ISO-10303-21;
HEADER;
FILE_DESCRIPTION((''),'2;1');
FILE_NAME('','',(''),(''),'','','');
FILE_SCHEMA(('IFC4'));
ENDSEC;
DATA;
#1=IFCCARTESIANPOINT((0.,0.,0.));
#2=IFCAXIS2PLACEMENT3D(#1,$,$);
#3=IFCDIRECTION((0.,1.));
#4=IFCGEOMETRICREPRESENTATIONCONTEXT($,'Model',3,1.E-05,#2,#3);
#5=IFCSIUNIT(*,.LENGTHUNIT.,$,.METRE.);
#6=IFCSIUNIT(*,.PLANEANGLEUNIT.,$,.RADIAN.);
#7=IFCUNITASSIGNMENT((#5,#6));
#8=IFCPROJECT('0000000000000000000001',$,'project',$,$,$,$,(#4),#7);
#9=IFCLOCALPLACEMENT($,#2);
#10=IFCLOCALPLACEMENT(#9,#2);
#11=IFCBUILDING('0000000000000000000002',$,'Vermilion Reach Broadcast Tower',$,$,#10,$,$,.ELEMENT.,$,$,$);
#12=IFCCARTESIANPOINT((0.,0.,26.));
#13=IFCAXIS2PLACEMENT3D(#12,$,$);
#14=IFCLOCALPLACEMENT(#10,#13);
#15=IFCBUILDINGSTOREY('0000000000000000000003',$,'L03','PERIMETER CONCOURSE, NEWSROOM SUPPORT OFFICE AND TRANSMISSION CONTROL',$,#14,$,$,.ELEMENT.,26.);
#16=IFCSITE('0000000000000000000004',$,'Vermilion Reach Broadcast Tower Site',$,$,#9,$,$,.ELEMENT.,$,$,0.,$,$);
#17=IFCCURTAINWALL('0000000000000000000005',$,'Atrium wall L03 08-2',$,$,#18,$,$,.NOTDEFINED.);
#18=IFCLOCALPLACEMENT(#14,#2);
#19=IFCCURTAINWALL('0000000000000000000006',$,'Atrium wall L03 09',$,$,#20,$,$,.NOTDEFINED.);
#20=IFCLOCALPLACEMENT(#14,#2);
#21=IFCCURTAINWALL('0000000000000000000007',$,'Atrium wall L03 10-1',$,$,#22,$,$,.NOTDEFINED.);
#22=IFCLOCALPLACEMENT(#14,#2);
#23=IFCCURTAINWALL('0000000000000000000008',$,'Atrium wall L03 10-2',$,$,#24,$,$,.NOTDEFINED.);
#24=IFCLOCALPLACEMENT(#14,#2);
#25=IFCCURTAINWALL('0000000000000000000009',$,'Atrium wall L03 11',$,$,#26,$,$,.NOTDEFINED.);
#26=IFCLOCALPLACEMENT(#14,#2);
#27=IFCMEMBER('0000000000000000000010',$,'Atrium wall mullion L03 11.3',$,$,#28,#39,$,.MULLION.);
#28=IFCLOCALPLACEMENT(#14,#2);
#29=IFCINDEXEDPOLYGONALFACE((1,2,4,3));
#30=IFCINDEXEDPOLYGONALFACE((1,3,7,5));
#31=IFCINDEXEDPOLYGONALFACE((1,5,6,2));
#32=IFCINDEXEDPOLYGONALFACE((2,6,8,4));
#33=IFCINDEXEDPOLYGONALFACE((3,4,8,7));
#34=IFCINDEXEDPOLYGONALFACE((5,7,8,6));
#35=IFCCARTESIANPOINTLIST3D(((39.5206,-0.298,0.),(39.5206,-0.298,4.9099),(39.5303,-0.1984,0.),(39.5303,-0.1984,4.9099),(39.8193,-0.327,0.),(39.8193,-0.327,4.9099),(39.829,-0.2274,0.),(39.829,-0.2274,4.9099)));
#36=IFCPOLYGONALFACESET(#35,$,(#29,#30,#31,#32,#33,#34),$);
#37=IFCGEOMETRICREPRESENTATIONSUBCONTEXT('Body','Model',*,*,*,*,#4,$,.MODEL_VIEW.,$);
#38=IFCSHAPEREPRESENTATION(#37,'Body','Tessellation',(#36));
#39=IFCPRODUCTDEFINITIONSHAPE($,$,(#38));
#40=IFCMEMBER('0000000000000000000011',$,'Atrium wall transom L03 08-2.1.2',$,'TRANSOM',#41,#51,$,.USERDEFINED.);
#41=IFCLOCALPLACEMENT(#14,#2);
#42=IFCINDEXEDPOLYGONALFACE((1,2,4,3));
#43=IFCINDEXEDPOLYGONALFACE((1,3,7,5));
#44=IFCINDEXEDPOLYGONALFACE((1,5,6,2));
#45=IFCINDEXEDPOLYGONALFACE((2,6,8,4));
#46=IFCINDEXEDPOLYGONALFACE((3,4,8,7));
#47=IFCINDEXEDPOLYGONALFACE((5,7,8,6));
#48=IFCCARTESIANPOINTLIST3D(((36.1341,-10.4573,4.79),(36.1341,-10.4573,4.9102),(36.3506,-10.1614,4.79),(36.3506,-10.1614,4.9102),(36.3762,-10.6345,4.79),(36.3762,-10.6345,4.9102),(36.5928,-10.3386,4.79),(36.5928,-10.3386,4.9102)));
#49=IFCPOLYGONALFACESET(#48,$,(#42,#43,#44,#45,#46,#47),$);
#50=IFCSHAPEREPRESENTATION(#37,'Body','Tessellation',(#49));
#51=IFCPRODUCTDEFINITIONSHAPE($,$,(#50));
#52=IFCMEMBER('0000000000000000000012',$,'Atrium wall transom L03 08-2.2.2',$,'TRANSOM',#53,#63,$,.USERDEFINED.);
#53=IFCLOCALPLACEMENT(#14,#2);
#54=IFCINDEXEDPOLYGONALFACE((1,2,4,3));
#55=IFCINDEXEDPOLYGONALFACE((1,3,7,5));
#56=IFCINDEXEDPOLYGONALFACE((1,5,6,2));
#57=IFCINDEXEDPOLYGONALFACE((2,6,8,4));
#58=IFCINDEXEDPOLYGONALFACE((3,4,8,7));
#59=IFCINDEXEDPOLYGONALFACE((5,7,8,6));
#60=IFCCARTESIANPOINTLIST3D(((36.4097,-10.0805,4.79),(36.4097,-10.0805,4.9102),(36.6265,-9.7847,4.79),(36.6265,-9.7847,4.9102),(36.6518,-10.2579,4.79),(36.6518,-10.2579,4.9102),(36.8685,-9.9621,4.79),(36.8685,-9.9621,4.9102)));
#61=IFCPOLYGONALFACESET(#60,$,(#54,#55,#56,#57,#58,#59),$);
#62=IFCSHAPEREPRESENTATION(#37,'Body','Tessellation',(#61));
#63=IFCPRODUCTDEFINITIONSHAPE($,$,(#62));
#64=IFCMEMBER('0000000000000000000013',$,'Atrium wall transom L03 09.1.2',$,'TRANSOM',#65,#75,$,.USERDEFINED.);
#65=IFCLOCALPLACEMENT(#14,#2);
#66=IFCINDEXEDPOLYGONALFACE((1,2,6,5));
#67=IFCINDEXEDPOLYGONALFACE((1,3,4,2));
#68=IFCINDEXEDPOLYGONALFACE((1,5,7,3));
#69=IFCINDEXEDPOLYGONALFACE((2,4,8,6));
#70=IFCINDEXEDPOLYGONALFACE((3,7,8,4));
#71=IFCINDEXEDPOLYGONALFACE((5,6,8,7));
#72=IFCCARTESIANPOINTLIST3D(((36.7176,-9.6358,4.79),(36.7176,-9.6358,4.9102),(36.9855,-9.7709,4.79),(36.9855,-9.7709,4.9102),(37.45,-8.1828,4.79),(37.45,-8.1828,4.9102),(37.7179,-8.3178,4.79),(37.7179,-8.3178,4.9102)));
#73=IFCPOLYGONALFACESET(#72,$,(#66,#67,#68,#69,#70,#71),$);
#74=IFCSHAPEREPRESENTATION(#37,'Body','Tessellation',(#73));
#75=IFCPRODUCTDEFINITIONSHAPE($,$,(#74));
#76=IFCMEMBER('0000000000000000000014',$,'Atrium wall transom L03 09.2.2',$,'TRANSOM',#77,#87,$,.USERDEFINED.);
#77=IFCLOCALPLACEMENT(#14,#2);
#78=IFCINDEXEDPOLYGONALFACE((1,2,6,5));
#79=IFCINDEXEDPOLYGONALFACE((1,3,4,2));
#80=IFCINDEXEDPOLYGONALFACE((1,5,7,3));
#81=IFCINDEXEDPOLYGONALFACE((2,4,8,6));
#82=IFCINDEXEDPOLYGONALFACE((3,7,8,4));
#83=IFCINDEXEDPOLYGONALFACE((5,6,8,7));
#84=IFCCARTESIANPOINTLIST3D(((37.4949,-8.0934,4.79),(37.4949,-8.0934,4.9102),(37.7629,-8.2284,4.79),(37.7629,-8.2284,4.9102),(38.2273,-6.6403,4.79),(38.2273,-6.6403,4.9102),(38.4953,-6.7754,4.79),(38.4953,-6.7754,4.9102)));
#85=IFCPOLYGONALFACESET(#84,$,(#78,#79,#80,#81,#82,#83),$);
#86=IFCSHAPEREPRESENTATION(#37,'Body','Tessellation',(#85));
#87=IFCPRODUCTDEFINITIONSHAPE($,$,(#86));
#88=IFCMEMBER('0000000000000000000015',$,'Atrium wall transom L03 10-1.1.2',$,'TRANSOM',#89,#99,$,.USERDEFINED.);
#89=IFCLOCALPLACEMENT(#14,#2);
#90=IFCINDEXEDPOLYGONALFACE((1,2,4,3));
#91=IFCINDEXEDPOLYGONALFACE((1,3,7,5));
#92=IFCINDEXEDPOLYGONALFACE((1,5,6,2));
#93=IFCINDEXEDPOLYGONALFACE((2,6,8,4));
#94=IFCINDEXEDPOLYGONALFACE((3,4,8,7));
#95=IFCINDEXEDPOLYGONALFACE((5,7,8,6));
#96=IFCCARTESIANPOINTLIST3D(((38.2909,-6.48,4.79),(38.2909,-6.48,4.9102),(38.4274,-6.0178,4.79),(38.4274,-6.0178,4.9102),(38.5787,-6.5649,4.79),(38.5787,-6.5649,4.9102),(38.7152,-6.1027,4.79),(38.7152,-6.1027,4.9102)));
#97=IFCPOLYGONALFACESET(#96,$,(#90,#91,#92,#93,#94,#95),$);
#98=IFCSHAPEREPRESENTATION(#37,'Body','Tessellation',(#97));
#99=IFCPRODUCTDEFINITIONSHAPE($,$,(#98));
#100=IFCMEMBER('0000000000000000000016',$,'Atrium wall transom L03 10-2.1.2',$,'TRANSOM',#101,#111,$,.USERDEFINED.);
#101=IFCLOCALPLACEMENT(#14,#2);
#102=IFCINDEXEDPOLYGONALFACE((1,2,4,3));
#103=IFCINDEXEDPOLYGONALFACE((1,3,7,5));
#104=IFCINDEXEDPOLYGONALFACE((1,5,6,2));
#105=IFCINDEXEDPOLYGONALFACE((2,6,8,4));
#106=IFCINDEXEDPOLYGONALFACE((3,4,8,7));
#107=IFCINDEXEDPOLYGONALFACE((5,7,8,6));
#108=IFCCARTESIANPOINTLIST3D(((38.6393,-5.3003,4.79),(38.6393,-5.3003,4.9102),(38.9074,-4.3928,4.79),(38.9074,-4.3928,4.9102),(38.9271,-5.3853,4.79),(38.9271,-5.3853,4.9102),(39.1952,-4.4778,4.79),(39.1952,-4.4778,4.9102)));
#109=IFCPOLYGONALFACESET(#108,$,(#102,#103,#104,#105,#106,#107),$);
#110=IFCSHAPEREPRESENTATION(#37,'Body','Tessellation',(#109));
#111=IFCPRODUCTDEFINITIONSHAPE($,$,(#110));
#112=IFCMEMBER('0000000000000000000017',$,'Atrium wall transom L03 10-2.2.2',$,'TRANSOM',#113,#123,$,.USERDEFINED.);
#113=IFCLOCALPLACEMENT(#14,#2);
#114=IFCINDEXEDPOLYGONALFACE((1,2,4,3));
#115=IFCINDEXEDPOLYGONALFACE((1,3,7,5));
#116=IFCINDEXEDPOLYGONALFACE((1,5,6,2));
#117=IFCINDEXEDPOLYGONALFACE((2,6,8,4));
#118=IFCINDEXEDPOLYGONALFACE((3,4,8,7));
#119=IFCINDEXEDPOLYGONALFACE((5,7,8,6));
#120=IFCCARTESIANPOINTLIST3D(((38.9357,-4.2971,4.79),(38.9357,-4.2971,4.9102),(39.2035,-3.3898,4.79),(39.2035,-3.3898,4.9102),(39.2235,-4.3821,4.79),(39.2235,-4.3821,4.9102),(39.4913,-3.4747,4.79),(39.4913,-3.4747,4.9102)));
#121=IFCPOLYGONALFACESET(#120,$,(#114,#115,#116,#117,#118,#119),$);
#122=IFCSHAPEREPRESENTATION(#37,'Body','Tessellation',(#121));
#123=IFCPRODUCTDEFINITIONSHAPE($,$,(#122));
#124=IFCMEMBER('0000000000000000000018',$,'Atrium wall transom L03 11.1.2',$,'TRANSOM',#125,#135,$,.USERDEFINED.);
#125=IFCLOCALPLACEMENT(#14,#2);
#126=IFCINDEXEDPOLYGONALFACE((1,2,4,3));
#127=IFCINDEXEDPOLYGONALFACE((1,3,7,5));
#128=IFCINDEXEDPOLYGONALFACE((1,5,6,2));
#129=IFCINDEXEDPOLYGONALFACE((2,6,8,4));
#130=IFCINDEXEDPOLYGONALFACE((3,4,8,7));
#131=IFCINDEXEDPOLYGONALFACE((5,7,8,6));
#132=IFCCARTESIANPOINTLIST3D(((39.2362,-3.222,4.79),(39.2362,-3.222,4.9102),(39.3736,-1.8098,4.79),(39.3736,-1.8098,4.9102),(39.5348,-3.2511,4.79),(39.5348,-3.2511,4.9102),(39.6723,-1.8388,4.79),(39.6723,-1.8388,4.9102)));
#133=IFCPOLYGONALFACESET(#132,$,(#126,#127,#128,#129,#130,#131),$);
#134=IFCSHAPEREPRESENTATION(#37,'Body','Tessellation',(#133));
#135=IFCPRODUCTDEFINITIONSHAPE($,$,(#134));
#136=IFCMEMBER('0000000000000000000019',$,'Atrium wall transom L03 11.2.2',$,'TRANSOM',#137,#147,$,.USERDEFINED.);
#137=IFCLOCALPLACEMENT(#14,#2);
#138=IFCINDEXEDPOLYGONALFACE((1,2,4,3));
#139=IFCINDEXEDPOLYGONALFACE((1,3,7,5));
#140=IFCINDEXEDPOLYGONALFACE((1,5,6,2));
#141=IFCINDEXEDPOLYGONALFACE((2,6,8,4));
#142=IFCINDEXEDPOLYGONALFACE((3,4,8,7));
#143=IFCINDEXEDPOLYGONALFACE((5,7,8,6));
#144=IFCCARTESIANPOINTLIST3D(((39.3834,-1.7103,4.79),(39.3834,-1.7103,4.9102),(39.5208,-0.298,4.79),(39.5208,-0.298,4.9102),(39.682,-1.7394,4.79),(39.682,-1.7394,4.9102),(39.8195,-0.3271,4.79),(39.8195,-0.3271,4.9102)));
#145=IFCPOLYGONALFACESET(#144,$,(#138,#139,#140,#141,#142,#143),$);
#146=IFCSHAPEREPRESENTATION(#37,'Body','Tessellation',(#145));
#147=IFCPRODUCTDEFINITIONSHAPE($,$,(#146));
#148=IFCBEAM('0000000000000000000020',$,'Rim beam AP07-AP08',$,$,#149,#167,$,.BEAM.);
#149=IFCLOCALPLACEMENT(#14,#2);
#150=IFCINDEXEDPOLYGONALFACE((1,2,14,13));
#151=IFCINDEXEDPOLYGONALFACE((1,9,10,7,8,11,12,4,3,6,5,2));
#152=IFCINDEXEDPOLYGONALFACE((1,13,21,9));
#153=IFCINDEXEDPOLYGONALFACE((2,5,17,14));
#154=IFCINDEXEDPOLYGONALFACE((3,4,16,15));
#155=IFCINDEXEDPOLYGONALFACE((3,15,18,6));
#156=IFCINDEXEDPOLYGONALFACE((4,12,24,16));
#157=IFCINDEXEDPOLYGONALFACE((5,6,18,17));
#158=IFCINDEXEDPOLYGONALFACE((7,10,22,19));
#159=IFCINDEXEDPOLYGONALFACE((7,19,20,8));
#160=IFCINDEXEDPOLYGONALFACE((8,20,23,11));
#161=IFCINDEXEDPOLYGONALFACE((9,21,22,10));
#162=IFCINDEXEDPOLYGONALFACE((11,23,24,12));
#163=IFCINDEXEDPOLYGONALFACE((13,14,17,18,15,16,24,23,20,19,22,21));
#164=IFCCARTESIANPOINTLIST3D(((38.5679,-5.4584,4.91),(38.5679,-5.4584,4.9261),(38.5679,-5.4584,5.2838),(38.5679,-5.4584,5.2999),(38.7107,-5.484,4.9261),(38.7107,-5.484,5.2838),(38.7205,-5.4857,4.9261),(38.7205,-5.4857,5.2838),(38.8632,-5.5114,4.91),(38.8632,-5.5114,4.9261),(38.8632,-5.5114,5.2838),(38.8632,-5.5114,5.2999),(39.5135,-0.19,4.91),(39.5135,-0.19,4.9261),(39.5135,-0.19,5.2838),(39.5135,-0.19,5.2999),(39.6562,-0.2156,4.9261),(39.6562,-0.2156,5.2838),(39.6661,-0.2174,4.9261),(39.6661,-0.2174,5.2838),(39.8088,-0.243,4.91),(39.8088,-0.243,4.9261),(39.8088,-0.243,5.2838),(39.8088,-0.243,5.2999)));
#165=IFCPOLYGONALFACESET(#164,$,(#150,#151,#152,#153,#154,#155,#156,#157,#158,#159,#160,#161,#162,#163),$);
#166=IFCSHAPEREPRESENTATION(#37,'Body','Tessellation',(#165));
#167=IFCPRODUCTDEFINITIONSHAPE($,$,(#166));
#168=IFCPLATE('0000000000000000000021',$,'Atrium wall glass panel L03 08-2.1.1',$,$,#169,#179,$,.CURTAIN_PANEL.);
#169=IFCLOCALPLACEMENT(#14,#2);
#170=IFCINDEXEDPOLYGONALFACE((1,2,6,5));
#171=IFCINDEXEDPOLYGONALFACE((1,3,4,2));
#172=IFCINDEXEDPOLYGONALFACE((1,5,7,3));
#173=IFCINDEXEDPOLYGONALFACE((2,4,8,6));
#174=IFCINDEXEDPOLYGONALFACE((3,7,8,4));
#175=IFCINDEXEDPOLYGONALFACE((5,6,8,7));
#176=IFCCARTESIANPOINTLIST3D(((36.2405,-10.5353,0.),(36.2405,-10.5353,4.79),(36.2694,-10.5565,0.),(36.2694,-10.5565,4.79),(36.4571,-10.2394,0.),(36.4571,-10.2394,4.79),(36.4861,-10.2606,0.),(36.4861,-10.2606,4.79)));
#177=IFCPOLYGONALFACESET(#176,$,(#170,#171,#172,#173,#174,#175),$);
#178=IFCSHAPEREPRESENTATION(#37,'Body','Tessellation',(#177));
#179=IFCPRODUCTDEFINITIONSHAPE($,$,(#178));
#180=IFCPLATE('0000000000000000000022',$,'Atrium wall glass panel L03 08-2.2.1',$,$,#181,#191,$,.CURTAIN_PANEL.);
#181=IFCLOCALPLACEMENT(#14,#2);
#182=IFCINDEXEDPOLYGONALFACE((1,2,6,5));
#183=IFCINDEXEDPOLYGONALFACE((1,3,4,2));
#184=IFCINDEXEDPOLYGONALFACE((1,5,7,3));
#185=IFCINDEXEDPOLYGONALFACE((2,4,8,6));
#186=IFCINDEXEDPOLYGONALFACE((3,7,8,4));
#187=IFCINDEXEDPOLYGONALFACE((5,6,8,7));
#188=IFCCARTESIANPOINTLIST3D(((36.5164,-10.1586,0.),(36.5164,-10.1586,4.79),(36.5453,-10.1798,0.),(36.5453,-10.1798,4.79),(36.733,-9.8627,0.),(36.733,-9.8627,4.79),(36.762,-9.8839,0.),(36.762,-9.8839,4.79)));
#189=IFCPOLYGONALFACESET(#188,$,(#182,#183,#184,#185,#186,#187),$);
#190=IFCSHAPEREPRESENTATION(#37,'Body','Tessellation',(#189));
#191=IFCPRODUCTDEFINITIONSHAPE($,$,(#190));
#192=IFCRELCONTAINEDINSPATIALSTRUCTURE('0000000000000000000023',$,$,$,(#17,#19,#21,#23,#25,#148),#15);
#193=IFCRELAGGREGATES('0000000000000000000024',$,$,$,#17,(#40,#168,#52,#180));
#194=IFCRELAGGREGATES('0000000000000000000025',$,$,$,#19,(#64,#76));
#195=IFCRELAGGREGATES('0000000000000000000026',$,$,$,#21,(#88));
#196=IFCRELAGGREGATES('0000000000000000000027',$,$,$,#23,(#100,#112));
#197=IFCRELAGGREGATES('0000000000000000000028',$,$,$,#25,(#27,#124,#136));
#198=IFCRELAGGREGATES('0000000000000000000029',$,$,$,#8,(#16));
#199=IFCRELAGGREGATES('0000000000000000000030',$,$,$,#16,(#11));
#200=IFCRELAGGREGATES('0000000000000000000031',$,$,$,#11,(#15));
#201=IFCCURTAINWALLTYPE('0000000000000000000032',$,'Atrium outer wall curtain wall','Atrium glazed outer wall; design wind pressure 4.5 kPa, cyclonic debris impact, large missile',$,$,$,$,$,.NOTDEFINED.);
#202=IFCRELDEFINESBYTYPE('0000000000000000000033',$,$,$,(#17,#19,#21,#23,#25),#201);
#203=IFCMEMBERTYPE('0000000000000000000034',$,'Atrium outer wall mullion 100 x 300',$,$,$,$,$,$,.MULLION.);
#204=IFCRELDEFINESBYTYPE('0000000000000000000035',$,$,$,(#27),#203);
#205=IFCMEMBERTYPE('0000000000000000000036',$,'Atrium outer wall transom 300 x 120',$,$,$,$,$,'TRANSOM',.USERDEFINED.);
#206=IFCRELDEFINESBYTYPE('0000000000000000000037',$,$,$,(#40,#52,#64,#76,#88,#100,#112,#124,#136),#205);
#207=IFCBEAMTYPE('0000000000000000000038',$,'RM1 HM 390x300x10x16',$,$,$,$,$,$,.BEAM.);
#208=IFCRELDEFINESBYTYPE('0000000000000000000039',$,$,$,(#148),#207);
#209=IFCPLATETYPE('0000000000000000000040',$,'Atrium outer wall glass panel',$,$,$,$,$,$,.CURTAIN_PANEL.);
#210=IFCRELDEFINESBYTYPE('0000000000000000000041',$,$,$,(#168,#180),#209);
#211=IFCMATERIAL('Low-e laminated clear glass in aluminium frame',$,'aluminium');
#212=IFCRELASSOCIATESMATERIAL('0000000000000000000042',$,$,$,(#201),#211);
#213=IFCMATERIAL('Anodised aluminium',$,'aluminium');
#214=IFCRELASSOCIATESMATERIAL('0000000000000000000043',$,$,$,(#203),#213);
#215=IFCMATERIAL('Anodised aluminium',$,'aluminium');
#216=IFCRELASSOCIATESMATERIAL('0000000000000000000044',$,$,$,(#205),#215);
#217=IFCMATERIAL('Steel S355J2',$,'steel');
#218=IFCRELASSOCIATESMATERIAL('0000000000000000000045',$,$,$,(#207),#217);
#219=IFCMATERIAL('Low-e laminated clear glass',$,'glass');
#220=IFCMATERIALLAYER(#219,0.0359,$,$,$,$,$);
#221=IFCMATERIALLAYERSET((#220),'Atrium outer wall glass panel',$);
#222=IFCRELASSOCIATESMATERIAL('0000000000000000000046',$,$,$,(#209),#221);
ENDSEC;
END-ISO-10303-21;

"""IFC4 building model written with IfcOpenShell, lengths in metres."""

from ifc_helpers import new_model, si_unit, direction, frame, origin, origin_2d, place, context, subcontext, project, spatial, rectangle, i_section, extrude, material, layer, layer_set, material_profile, profile_set, type_object, element, aggregate, save


model = new_model("IFC4")

# Units and contexts
model_context = context("Model", 3, precision=1e-05, world=origin(), true_north=direction((0.0, 1.0)))
body_context = subcontext(model_context, "Body", "Model", "MODEL_VIEW")
ifc_project = project(units=[si_unit("LENGTHUNIT", "METRE"), si_unit("PLANEANGLEUNIT", "RADIAN")], contexts=[model_context])

# Site, building, storey
site_placement = place(None, origin())
site = spatial("IfcSite", under=ifc_project, at=site_placement, Name="Vermilion Reach Broadcast Tower Site", CompositionType="ELEMENT", RefElevation=0.0)
building_placement = place(site_placement, origin())
building = spatial("IfcBuilding", under=site, at=building_placement, Name="Vermilion Reach Broadcast Tower", CompositionType="ELEMENT")
storey_placement = place(building_placement, frame((0.0, 0.0, 26.0)))
storey = spatial("IfcBuildingStorey", under=building, at=storey_placement, Name="L03", Description="PERIMETER CONCOURSE, NEWSROOM SUPPORT OFFICE AND TRANSMISSION CONTROL", CompositionType="ELEMENT", Elevation=26.0)

# Curtain walls, member
ifc_material_1 = material(Name="Low-e laminated clear glass in aluminium frame", Category="aluminium")
curtain_wall_type = type_object("IfcCurtainWallType", Name="Atrium outer wall curtain wall", Description="Atrium glazed outer wall; design wind pressure 4.5 kPa, cyclonic debris impact, large missile", PredefinedType="NOTDEFINED", material=ifc_material_1)
placement = place(storey_placement, origin())
curtain_wall_1 = element("IfcCurtainWall", 1, at=placement, inside=storey, type_object=curtain_wall_type, Name="Atrium wall L03 08-2", PredefinedType="NOTDEFINED")
ifc_material_2 = material(Name="Anodised aluminium", Category="aluminium")
ifc_material_profile_1 = material_profile(ifc_material_2, rectangle(XDim=0.3, YDim=0.1001, at=origin_2d()), Name="Atrium outer wall mullion 100 x 300")
ifc_profile_set_1 = profile_set([ifc_material_profile_1], Name="Anodised aluminium")
member_type_1 = type_object("IfcMemberType", Name="Atrium outer wall mullion 100 x 300", PredefinedType="MULLION", material=ifc_profile_set_1)
curtain_wall_2 = element("IfcCurtainWall", 2, at=placement, inside=storey, type_object=curtain_wall_type, Name="Atrium wall L03 09", PredefinedType="NOTDEFINED")
curtain_wall_3 = element("IfcCurtainWall", 3, at=placement, inside=storey, type_object=curtain_wall_type, Name="Atrium wall L03 10-1", PredefinedType="NOTDEFINED")
curtain_wall_4 = element("IfcCurtainWall", 4, at=placement, inside=storey, type_object=curtain_wall_type, Name="Atrium wall L03 10-2", PredefinedType="NOTDEFINED")
curtain_wall_5 = element("IfcCurtainWall", 5, at=placement, inside=storey, type_object=curtain_wall_type, Name="Atrium wall L03 11", PredefinedType="NOTDEFINED")
member_1_placement = place(storey_placement, frame((39.6748, -0.2627, 0.0), z_axis=(0.0, 0.0, 1.0), x_axis=(-0.995298, 0.096861, 0.0)))
member_1 = element("IfcMember", 6, at=member_1_placement, type_object=member_type_1, Name="Atrium wall mullion L03 11.3", PredefinedType="MULLION", context=body_context, shape_type="SweptSolid", body=[
    extrude(rectangle(XDim=0.3, YDim=0.1001, at=origin_2d()), origin(), (0.0, 0.0, 1.0), 4.9099),
])

# Members
ifc_material_3 = material(Name="Anodised aluminium", Category="aluminium")
ifc_material_profile_2 = material_profile(ifc_material_3, rectangle(XDim=0.3, YDim=0.1201, at=origin_2d()), Name="Atrium outer wall transom 300 x 120")
ifc_profile_set_2 = profile_set([ifc_material_profile_2], Name="Anodised aluminium")
member_type_2 = type_object("IfcMemberType", Name="Atrium outer wall transom 300 x 120", ElementType="TRANSOM", PredefinedType="USERDEFINED", material=ifc_profile_set_2)
member_2_placement = place(storey_placement, frame((36.2551, -10.5459, 4.8501), z_axis=(0.590584, 0.806976, 0.0), x_axis=(-0.806976, 0.590584, 0.0)))
member_2 = element("IfcMember", 7, at=member_2_placement, type_object=member_type_2, Name="Atrium wall transom L03 08-2.1.2", ObjectType="TRANSOM", PredefinedType="USERDEFINED", context=body_context, shape_type="SweptSolid", body=[
    extrude(rectangle(XDim=0.3, YDim=0.1201, at=origin_2d()), origin(), (0.0, 0.0, 1.0), 0.3667),
])
member_3_placement = place(storey_placement, frame((36.5308, -10.1692, 4.8501), z_axis=(0.591017, 0.806659, 0.0), x_axis=(-0.806659, 0.591017, 0.0)))
member_3 = element("IfcMember", 8, at=member_3_placement, type_object=member_type_2, Name="Atrium wall transom L03 08-2.2.2", ObjectType="TRANSOM", PredefinedType="USERDEFINED", context=body_context, shape_type="SweptSolid", body=[
    extrude(rectangle(XDim=0.3, YDim=0.1201, at=origin_2d()), origin(), (0.0, 0.0, 1.0), 0.3667),
])
member_4_placement = place(storey_placement, frame((36.8516, -9.7034, 4.8501), z_axis=(0.450092, 0.892982, 0.0), x_axis=(-0.892982, 0.450092, 0.0)))
member_4 = element("IfcMember", 9, at=member_4_placement, type_object=member_type_2, Name="Atrium wall transom L03 09.1.2", ObjectType="TRANSOM", PredefinedType="USERDEFINED", context=body_context, shape_type="SweptSolid", body=[
    extrude(rectangle(XDim=0.3, YDim=0.1201, at=origin_2d()), origin(), (0.0, 0.0, 1.0), 1.6272),
])
member_5_placement = place(storey_placement, frame((37.6289, -8.1609, 4.8501), z_axis=(0.450092, 0.892982, 0.0), x_axis=(-0.892982, 0.450092, 0.0)))
member_5 = element("IfcMember", 10, at=member_5_placement, type_object=member_type_2, Name="Atrium wall transom L03 09.2.2", ObjectType="TRANSOM", PredefinedType="USERDEFINED", context=body_context, shape_type="SweptSolid", body=[
    extrude(rectangle(XDim=0.3, YDim=0.1201, at=origin_2d()), origin(), (0.0, 0.0, 1.0), 1.6272),
])
member_6_placement = place(storey_placement, frame((38.4348, -6.5225, 4.8501), z_axis=(0.283208, 0.959058, 0.0), x_axis=(-0.959058, 0.283208, 0.0)))
member_6 = element("IfcMember", 11, at=member_6_placement, type_object=member_type_2, Name="Atrium wall transom L03 10-1.1.2", ObjectType="TRANSOM", PredefinedType="USERDEFINED", context=body_context, shape_type="SweptSolid", body=[
    extrude(rectangle(XDim=0.3, YDim=0.1201, at=origin_2d()), origin(), (0.0, 0.0, 1.0), 0.4819),
])
member_7_placement = place(storey_placement, frame((38.7832, -5.3428, 4.8501), z_axis=(0.283298, 0.959032, 0.0), x_axis=(-0.959032, 0.283298, 0.0)))
member_7 = element("IfcMember", 12, at=member_7_placement, type_object=member_type_2, Name="Atrium wall transom L03 10-2.1.2", ObjectType="TRANSOM", PredefinedType="USERDEFINED", context=body_context, shape_type="SweptSolid", body=[
    extrude(rectangle(XDim=0.3, YDim=0.1201, at=origin_2d()), origin(), (0.0, 0.0, 1.0), 0.9463),
])
member_8_placement = place(storey_placement, frame((39.0796, -4.3396, 4.8501), z_axis=(0.28306, 0.959102, 0.0), x_axis=(-0.959102, 0.28306, 0.0)))
member_8 = element("IfcMember", 13, at=member_8_placement, type_object=member_type_2, Name="Atrium wall transom L03 10-2.2.2", ObjectType="TRANSOM", PredefinedType="USERDEFINED", context=body_context, shape_type="SweptSolid", body=[
    extrude(rectangle(XDim=0.3, YDim=0.1201, at=origin_2d()), origin(), (0.0, 0.0, 1.0), 0.946),
])
member_9_placement = place(storey_placement, frame((39.3855, -3.2366, 4.8501), z_axis=(0.096863, 0.995298, 0.0), x_axis=(-0.995298, 0.096863, 0.0)))
member_9 = element("IfcMember", 14, at=member_9_placement, type_object=member_type_2, Name="Atrium wall transom L03 11.1.2", ObjectType="TRANSOM", PredefinedType="USERDEFINED", context=body_context, shape_type="SweptSolid", body=[
    extrude(rectangle(XDim=0.3, YDim=0.1201, at=origin_2d()), origin(), (0.0, 0.0, 1.0), 1.4189),
])
member_10_placement = place(storey_placement, frame((39.5327, -1.7249, 4.8501), z_axis=(0.096863, 0.995298, 0.0), x_axis=(-0.995298, 0.096863, 0.0)))
member_10 = element("IfcMember", 15, at=member_10_placement, type_object=member_type_2, Name="Atrium wall transom L03 11.2.2", ObjectType="TRANSOM", PredefinedType="USERDEFINED", context=body_context, shape_type="SweptSolid", body=[
    extrude(rectangle(XDim=0.3, YDim=0.1201, at=origin_2d()), origin(), (0.0, 0.0, 1.0), 1.4189),
])

# Beam
ifc_material_4 = material(Name="Steel S355J2", Category="steel")
ifc_material_profile_3 = material_profile(ifc_material_4, i_section(OverallWidth=0.3, OverallDepth=0.3899, WebThickness=0.01, FlangeThickness=0.0161, at=origin_2d()), Name="S355J2 HM 390x300x10x16")
ifc_profile_set_3 = profile_set([ifc_material_profile_3], Name="Steel S355J2")
beam_type = type_object("IfcBeamType", Name="RM1 HM 390x300x10x16", PredefinedType="BEAM", material=ifc_profile_set_3)
beam_placement = place(storey_placement, frame((38.7156, -5.4849, 5.105), z_axis=(0.176657, 0.984272, 0.0), x_axis=(-0.984272, 0.176657, 0.0)))
element("IfcBeam", 16, at=beam_placement, inside=storey, type_object=beam_type, Name="Rim beam AP07-AP08", PredefinedType="BEAM", context=body_context, shape_type="SweptSolid", body=[
    extrude(i_section(OverallWidth=0.3, OverallDepth=0.3899, WebThickness=0.01, FlangeThickness=0.0161, at=origin_2d()), origin(), (0.0, 0.0, 1.0), 5.3525),
])

# Plates
ifc_material_5 = material(Name="Low-e laminated clear glass", Category="glass")
ifc_layer = layer(ifc_material_5, 0.0359)
ifc_layer_set = layer_set([ifc_layer], Name="Atrium outer wall glass panel")
plate_type = type_object("IfcPlateType", Name="Atrium outer wall glass panel", PredefinedType="CURTAIN_PANEL", material=ifc_layer_set)
plate_1_placement = place(storey_placement, frame((36.3633, -10.3979, 0.0), z_axis=(0.0, 0.0, 1.0), x_axis=(0.59076, 0.806847, 0.0)))
plate_1 = element("IfcPlate", 17, at=plate_1_placement, type_object=plate_type, Name="Atrium wall glass panel L03 08-2.1.1", PredefinedType="CURTAIN_PANEL", context=body_context, shape_type="SweptSolid", body=[
    extrude(rectangle(XDim=0.3667, YDim=0.0359, at=origin_2d()), origin(), (0.0, 0.0, 1.0), 4.79),
])
plate_2_placement = place(storey_placement, frame((36.6392, -10.0212, 0.0), z_axis=(0.0, 0.0, 1.0), x_axis=(0.59076, 0.806847, 0.0)))
plate_2 = element("IfcPlate", 18, at=plate_2_placement, type_object=plate_type, Name="Atrium wall glass panel L03 08-2.2.1", PredefinedType="CURTAIN_PANEL", context=body_context, shape_type="SweptSolid", body=[
    extrude(rectangle(XDim=0.3667, YDim=0.0359, at=origin_2d()), origin(), (0.0, 0.0, 1.0), 4.79),
])
aggregate(curtain_wall_1, [member_2, plate_1, member_3, plate_2])
aggregate(curtain_wall_2, [member_4, member_5])
aggregate(curtain_wall_3, [member_6])
aggregate(curtain_wall_4, [member_7, member_8])
aggregate(curtain_wall_5, [member_1, member_9, member_10])

save(model, "model.ifc")
